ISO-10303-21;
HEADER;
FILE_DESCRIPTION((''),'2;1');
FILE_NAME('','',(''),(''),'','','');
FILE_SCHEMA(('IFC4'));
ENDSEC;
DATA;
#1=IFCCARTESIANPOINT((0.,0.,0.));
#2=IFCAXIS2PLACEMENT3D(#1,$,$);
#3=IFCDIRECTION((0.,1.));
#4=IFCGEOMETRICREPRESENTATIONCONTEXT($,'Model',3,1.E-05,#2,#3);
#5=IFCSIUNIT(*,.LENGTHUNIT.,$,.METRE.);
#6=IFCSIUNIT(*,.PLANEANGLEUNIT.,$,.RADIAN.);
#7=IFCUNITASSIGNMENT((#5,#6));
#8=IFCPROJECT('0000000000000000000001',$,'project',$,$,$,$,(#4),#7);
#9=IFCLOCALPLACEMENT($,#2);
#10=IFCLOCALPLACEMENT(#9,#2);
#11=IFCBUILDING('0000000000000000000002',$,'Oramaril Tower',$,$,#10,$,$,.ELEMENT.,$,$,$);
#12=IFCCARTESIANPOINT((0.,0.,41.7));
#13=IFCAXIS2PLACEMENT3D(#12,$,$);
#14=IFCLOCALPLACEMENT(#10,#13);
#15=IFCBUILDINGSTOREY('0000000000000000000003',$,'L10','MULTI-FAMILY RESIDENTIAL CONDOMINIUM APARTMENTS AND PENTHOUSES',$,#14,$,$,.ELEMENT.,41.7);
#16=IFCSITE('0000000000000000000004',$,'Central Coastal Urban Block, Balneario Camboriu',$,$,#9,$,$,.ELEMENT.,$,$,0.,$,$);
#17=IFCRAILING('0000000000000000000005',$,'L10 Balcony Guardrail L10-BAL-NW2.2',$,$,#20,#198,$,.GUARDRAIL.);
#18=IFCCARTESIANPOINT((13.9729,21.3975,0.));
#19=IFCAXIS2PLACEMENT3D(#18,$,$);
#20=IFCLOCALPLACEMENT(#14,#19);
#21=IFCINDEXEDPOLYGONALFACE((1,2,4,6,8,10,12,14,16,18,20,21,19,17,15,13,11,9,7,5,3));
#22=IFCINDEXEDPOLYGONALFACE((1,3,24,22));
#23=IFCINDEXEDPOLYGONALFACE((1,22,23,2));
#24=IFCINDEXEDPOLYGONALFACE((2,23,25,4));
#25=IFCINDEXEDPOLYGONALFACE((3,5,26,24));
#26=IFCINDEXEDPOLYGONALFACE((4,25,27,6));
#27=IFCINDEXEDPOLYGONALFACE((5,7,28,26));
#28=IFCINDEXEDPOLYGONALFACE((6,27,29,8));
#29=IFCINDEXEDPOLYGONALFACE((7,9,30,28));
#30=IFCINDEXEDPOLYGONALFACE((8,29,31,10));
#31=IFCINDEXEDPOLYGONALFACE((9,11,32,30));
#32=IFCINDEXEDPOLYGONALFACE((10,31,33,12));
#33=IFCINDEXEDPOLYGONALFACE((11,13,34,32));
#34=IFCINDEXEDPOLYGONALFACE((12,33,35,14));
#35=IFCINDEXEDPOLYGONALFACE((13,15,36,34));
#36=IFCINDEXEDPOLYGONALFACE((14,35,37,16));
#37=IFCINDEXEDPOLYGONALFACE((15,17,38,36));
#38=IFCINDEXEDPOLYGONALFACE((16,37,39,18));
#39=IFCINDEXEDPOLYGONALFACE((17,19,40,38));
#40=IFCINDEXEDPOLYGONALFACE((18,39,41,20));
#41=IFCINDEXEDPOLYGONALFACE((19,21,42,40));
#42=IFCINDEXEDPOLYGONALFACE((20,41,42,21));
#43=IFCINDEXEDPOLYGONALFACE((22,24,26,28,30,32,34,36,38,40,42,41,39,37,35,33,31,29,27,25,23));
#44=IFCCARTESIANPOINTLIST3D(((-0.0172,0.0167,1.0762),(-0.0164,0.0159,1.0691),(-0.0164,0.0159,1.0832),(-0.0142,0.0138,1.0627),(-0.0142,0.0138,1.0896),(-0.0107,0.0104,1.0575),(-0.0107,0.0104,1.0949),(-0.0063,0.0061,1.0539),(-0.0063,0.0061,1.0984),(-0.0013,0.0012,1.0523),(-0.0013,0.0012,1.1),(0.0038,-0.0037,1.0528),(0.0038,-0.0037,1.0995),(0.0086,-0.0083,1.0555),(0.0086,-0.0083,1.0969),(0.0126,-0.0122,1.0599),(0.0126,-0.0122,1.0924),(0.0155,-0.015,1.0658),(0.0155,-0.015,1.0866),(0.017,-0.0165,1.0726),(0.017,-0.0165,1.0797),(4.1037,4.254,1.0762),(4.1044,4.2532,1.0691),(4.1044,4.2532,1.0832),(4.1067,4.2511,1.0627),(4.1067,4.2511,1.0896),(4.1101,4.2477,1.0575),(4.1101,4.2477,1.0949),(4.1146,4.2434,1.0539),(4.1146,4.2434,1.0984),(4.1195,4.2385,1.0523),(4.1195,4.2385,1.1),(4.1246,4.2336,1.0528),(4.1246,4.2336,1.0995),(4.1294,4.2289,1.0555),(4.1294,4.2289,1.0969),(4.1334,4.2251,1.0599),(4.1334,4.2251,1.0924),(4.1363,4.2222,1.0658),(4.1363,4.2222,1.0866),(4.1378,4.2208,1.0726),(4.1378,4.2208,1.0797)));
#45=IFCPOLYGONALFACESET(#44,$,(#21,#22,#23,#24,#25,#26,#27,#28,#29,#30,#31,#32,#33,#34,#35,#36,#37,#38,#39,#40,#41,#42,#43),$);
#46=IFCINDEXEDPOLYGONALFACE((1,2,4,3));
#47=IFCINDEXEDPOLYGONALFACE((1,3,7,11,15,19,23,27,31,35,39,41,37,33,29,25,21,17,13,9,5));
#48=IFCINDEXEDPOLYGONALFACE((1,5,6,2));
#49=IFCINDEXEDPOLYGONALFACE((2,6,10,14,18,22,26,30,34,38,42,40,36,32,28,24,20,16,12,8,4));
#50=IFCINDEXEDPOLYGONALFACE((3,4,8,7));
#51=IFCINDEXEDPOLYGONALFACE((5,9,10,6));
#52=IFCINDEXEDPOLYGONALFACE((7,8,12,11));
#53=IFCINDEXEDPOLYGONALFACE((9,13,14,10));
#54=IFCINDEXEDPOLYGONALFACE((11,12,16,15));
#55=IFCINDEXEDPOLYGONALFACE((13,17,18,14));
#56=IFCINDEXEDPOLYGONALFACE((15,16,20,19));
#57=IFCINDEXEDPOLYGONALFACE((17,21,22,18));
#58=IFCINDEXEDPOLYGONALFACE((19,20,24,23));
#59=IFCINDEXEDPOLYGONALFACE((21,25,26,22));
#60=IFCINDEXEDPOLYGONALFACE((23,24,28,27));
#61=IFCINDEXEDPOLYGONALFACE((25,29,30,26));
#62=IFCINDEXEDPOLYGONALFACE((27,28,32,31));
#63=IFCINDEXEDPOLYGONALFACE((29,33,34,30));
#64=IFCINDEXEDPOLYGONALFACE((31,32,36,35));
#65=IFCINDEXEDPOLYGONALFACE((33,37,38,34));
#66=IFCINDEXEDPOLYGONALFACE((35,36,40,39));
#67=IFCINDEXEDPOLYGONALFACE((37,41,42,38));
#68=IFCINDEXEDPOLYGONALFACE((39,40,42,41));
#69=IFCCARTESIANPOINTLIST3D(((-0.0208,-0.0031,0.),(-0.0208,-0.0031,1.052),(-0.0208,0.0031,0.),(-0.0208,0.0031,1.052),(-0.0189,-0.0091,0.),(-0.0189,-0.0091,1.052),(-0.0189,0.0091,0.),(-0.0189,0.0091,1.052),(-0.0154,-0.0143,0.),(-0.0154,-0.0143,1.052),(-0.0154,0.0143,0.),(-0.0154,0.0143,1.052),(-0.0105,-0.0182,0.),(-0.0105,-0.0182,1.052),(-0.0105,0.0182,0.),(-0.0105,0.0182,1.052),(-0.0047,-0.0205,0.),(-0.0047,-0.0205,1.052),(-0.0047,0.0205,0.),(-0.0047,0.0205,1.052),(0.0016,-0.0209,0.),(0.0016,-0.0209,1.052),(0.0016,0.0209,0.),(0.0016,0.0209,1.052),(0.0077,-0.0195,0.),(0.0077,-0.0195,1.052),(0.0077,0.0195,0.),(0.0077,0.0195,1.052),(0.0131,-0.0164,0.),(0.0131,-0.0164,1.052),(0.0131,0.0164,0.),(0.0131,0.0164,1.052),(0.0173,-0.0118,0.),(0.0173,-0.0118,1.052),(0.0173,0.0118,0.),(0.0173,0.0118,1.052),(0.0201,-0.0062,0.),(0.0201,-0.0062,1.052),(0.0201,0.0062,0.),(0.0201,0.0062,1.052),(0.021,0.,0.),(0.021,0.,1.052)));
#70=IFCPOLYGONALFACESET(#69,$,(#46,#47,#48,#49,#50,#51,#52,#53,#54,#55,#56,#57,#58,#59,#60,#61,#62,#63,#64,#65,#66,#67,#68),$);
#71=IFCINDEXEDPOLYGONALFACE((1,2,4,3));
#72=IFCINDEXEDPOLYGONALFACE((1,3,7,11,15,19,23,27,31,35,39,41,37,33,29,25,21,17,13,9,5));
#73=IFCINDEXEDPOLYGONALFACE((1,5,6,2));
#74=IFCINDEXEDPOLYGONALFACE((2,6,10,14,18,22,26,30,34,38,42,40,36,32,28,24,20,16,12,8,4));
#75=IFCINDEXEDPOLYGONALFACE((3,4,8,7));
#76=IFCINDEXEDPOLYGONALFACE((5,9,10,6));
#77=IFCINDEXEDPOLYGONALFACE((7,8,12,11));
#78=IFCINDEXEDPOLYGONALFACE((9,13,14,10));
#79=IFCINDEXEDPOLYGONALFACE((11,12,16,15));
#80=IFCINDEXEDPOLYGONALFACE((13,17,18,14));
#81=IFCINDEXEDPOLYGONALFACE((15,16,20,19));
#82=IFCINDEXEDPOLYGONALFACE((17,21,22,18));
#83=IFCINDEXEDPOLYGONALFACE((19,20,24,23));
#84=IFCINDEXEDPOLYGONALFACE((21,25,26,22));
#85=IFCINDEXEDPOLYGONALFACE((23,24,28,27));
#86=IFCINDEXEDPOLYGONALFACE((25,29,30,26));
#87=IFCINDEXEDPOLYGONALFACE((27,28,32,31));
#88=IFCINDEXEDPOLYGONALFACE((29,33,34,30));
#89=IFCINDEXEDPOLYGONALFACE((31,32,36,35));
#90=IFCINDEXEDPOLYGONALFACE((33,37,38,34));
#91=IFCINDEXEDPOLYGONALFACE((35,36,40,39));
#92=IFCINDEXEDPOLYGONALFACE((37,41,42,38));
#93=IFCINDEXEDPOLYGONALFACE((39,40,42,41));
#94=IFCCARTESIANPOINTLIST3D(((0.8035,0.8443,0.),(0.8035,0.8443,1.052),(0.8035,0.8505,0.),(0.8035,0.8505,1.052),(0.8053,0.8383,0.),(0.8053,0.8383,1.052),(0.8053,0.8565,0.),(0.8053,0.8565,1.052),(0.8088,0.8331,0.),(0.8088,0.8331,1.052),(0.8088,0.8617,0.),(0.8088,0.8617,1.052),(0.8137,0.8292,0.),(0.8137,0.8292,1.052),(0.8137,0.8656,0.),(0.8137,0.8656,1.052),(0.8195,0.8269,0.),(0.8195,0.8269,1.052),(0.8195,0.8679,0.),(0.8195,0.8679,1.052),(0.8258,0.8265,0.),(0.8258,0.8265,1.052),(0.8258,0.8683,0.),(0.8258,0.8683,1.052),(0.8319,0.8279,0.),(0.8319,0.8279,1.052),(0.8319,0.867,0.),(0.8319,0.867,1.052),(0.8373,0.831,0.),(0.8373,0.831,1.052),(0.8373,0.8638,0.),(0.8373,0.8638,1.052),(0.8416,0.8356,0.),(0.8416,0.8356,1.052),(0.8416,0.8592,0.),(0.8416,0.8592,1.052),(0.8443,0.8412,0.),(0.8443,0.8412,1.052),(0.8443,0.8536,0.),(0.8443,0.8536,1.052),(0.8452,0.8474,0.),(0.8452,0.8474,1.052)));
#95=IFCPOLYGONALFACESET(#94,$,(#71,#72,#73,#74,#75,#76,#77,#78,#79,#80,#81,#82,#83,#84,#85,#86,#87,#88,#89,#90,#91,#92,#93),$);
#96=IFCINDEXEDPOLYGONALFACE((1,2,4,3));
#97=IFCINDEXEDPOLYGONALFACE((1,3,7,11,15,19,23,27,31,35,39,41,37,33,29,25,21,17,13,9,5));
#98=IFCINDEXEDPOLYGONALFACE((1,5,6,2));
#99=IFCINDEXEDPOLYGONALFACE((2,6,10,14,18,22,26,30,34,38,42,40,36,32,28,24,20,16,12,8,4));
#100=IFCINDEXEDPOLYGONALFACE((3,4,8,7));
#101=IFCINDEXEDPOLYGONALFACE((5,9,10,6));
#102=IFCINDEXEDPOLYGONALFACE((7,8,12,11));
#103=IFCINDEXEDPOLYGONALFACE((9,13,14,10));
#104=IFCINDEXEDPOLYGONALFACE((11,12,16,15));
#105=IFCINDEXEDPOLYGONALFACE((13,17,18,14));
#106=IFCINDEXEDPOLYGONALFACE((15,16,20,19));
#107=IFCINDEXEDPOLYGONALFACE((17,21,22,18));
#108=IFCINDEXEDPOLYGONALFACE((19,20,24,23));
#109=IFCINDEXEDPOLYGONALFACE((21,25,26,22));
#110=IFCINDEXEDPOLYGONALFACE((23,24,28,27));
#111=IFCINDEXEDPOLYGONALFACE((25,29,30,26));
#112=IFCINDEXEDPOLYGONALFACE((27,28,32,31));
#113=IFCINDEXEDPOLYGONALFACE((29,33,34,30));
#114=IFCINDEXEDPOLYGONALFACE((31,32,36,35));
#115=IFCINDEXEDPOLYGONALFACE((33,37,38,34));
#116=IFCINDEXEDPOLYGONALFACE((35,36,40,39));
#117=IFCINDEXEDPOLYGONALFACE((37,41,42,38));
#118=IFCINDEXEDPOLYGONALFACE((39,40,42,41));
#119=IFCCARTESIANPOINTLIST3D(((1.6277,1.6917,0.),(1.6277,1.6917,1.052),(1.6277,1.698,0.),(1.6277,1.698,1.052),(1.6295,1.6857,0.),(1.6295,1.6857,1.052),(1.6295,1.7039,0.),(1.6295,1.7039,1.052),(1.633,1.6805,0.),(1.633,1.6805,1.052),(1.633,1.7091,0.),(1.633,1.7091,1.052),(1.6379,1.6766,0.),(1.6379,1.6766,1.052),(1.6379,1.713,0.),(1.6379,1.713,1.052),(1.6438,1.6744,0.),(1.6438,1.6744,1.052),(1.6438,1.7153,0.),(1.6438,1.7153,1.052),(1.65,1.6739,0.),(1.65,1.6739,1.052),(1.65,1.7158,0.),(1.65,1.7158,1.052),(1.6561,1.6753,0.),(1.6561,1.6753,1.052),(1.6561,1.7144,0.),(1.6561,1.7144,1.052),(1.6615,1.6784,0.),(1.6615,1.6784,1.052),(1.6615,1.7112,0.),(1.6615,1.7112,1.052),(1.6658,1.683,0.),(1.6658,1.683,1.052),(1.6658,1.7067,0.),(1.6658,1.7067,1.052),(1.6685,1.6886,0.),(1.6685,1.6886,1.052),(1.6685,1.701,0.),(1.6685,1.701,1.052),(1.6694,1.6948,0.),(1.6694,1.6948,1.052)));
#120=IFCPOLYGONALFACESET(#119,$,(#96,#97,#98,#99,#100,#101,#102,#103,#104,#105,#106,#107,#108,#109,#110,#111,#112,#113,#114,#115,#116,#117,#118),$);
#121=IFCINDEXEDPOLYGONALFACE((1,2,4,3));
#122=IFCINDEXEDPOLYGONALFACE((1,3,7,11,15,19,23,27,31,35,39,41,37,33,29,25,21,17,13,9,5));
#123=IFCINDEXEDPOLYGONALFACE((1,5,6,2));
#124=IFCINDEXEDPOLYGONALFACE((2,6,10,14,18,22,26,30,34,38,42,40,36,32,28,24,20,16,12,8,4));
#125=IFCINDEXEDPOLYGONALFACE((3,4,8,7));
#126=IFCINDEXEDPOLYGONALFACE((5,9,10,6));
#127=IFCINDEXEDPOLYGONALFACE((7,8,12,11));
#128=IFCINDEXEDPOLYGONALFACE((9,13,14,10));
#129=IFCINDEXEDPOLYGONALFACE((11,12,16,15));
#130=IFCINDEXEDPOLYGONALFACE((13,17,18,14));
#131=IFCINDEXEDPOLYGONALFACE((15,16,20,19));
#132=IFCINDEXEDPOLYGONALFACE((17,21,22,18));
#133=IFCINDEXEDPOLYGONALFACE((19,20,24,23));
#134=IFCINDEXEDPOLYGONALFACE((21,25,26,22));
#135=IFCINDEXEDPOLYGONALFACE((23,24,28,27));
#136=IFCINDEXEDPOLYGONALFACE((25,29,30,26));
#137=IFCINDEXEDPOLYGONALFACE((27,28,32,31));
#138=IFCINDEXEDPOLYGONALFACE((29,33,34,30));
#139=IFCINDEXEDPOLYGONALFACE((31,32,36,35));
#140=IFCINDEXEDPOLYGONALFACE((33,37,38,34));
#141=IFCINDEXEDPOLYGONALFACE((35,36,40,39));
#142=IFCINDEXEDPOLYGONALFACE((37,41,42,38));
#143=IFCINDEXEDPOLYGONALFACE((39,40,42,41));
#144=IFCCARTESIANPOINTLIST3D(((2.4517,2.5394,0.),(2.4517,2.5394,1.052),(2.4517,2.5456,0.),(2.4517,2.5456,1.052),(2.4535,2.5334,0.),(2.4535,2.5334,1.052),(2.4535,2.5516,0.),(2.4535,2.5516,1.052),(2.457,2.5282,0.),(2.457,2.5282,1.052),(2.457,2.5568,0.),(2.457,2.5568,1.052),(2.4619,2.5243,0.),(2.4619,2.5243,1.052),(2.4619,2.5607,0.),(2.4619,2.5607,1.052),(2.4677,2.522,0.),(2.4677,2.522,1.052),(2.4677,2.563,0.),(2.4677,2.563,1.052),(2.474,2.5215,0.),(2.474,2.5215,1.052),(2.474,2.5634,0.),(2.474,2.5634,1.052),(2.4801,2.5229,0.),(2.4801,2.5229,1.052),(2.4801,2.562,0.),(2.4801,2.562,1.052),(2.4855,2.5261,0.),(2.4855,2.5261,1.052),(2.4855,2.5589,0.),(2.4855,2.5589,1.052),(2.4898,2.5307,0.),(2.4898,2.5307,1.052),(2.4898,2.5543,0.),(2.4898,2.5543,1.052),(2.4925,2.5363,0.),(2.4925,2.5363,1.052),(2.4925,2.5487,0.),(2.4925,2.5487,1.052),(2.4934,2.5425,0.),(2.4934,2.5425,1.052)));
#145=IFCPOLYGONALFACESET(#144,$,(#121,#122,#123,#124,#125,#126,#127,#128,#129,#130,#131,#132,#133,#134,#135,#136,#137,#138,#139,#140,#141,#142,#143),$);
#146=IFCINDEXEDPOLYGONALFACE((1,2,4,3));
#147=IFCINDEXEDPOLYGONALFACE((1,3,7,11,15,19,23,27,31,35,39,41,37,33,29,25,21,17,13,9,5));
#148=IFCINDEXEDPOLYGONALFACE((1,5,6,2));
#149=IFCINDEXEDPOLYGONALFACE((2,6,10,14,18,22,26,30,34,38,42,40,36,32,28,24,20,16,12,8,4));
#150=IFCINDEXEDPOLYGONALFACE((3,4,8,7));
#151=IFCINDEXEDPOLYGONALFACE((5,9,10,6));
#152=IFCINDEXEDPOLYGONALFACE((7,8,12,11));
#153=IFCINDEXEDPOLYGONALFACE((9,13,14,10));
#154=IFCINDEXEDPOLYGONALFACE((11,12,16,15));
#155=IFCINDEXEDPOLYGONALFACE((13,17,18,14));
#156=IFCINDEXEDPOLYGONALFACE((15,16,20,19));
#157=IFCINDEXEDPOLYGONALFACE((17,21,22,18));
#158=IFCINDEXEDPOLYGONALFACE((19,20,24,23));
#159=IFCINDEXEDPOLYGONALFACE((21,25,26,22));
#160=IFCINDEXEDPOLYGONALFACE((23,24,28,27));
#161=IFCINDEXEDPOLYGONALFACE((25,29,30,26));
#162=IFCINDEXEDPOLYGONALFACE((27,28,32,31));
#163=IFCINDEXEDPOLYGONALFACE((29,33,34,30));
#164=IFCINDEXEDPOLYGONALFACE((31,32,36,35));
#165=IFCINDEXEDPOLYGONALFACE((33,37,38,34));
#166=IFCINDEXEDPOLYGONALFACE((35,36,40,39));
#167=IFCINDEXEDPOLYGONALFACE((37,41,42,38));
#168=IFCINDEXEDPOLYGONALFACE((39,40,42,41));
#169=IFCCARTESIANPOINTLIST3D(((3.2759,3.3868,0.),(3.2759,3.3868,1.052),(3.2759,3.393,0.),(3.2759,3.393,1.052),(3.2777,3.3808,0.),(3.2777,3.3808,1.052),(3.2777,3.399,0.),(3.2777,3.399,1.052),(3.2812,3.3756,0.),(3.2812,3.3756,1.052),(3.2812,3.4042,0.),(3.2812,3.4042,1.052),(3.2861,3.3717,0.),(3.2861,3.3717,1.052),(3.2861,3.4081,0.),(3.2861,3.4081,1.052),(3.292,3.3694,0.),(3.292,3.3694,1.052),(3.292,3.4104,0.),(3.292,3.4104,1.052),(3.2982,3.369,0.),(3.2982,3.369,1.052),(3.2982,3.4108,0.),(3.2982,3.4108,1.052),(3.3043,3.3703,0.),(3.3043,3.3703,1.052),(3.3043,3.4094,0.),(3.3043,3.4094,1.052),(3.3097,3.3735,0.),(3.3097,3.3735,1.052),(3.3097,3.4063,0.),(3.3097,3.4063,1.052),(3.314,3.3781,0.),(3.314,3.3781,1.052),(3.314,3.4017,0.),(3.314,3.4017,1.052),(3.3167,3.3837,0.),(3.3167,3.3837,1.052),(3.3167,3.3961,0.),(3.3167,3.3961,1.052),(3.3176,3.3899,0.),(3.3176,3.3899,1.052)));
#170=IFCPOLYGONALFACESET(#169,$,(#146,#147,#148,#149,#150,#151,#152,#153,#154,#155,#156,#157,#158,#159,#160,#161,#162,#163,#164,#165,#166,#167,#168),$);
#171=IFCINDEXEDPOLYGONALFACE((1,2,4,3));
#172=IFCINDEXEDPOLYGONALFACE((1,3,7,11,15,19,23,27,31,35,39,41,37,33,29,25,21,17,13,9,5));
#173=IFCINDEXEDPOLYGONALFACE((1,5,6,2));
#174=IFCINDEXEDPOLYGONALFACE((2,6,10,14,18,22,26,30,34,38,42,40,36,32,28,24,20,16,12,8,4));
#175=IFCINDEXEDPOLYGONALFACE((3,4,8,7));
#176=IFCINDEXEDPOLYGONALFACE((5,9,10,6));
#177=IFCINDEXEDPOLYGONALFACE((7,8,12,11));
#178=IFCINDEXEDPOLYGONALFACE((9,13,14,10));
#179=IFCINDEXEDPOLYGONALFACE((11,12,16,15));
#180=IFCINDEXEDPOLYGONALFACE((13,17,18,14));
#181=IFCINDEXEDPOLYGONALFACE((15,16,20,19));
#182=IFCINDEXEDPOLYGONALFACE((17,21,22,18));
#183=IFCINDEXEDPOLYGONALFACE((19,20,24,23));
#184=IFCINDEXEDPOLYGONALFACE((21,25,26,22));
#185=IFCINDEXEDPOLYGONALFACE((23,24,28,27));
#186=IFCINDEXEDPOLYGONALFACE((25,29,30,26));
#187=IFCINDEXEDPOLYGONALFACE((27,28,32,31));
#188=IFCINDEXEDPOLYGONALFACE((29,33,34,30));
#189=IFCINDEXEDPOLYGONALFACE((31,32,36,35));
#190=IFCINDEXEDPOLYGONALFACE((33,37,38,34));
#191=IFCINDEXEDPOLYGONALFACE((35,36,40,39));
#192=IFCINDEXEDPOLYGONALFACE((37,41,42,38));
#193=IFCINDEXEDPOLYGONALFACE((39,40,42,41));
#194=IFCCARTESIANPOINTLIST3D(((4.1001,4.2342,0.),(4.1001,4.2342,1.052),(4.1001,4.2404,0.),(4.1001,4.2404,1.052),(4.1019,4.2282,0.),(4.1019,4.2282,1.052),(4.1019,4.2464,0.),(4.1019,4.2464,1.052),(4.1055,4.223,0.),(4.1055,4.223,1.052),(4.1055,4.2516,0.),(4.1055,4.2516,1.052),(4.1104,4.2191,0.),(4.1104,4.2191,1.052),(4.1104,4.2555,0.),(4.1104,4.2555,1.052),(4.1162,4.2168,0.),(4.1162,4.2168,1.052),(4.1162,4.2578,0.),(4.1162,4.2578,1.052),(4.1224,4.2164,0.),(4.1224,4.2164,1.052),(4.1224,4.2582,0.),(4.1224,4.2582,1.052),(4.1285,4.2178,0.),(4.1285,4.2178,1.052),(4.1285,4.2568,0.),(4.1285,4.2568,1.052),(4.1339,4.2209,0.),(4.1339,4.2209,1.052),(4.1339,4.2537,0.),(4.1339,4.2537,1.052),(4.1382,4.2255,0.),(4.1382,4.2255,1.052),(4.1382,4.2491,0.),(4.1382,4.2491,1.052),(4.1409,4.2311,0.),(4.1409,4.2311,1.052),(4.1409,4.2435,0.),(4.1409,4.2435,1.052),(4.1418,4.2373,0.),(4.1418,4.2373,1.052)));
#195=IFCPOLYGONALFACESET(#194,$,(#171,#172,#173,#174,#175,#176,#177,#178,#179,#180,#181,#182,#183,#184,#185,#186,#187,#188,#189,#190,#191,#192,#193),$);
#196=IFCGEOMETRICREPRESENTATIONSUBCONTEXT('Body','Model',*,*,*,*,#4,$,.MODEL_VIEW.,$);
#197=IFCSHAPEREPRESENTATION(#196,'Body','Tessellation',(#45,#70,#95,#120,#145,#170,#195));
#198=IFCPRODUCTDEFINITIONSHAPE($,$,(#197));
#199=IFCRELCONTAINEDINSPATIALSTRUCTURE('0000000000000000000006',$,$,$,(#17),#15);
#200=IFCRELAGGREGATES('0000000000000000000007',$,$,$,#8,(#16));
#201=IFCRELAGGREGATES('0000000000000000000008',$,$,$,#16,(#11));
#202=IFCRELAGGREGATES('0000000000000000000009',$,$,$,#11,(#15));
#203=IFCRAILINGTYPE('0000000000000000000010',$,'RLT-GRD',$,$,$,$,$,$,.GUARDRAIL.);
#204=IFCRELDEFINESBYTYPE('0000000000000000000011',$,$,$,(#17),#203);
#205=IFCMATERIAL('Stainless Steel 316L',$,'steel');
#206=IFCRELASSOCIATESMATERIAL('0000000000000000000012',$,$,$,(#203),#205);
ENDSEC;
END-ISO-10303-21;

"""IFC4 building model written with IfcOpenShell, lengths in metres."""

from ifc_helpers import new_model, si_unit, direction, frame, origin, origin_2d, place, context, subcontext, project, spatial, circle, extrude, material, type_object, element, save


model = new_model("IFC4")

# Units and contexts
model_context = context("Model", 3, precision=1e-05, world=origin(), true_north=direction((0.0, 1.0)))
body_context = subcontext(model_context, "Body", "Model", "MODEL_VIEW")
ifc_project = project(units=[si_unit("LENGTHUNIT", "METRE"), si_unit("PLANEANGLEUNIT", "RADIAN")], contexts=[model_context])

# Site, building, storey
site_placement = place(None, origin())
site = spatial("IfcSite", under=ifc_project, at=site_placement, Name="Central Coastal Urban Block, Balneario Camboriu", CompositionType="ELEMENT", RefElevation=0.0)
building_placement = place(site_placement, origin())
building = spatial("IfcBuilding", under=site, at=building_placement, Name="Oramaril Tower", CompositionType="ELEMENT")
storey_placement = place(building_placement, frame((0.0, 0.0, 41.7)))
storey = spatial("IfcBuildingStorey", under=building, at=storey_placement, Name="L10", Description="MULTI-FAMILY RESIDENTIAL CONDOMINIUM APARTMENTS AND PENTHOUSES", CompositionType="ELEMENT", Elevation=41.7)

# Railing
ifc_material_1 = material(Name="Stainless Steel 316L", Category="steel")
railing_type = type_object("IfcRailingType", Name="RLT-GRD", PredefinedType="GUARDRAIL", material=ifc_material_1)
railing_1_placement = place(storey_placement, frame((13.9729, 21.3975, 0.0)))
element("IfcRailing", 1, at=railing_1_placement, inside=storey, type_object=railing_type, Name="L10 Balcony Guardrail L10-BAL-NW2.2", PredefinedType="GUARDRAIL", context=body_context, shape_type="SweptSolid", body=[
    extrude(circle(Radius=0.0239, at=origin_2d()), frame((0.0, 0.0, 1.0762), z_axis=(0.697187, 0.716889, 0.0), x_axis=(-0.716889, 0.697187, 0.0)), (0.0, 0.0, 1.0), 5.9106),
    extrude(circle(Radius=0.021, at=origin_2d()), origin(), (0.0, 0.0, 1.0), 1.052),
    extrude(circle(Radius=0.021, at=origin_2d()), frame((0.8242, 0.8474, 0.0)), (0.0, 0.0, 1.0), 1.052),
    extrude(circle(Radius=0.021, at=origin_2d()), frame((1.6484, 1.6948, 0.0)), (0.0, 0.0, 1.0), 1.052),
    extrude(circle(Radius=0.021, at=origin_2d()), frame((2.4724, 2.5425, 0.0)), (0.0, 0.0, 1.0), 1.052),
    extrude(circle(Radius=0.021, at=origin_2d()), frame((3.2966, 3.3899, 0.0)), (0.0, 0.0, 1.0), 1.052),
    extrude(circle(Radius=0.021, at=origin_2d()), frame((4.1208, 4.2373, 0.0)), (0.0, 0.0, 1.0), 1.052),
])

save(model, "model.ifc")
